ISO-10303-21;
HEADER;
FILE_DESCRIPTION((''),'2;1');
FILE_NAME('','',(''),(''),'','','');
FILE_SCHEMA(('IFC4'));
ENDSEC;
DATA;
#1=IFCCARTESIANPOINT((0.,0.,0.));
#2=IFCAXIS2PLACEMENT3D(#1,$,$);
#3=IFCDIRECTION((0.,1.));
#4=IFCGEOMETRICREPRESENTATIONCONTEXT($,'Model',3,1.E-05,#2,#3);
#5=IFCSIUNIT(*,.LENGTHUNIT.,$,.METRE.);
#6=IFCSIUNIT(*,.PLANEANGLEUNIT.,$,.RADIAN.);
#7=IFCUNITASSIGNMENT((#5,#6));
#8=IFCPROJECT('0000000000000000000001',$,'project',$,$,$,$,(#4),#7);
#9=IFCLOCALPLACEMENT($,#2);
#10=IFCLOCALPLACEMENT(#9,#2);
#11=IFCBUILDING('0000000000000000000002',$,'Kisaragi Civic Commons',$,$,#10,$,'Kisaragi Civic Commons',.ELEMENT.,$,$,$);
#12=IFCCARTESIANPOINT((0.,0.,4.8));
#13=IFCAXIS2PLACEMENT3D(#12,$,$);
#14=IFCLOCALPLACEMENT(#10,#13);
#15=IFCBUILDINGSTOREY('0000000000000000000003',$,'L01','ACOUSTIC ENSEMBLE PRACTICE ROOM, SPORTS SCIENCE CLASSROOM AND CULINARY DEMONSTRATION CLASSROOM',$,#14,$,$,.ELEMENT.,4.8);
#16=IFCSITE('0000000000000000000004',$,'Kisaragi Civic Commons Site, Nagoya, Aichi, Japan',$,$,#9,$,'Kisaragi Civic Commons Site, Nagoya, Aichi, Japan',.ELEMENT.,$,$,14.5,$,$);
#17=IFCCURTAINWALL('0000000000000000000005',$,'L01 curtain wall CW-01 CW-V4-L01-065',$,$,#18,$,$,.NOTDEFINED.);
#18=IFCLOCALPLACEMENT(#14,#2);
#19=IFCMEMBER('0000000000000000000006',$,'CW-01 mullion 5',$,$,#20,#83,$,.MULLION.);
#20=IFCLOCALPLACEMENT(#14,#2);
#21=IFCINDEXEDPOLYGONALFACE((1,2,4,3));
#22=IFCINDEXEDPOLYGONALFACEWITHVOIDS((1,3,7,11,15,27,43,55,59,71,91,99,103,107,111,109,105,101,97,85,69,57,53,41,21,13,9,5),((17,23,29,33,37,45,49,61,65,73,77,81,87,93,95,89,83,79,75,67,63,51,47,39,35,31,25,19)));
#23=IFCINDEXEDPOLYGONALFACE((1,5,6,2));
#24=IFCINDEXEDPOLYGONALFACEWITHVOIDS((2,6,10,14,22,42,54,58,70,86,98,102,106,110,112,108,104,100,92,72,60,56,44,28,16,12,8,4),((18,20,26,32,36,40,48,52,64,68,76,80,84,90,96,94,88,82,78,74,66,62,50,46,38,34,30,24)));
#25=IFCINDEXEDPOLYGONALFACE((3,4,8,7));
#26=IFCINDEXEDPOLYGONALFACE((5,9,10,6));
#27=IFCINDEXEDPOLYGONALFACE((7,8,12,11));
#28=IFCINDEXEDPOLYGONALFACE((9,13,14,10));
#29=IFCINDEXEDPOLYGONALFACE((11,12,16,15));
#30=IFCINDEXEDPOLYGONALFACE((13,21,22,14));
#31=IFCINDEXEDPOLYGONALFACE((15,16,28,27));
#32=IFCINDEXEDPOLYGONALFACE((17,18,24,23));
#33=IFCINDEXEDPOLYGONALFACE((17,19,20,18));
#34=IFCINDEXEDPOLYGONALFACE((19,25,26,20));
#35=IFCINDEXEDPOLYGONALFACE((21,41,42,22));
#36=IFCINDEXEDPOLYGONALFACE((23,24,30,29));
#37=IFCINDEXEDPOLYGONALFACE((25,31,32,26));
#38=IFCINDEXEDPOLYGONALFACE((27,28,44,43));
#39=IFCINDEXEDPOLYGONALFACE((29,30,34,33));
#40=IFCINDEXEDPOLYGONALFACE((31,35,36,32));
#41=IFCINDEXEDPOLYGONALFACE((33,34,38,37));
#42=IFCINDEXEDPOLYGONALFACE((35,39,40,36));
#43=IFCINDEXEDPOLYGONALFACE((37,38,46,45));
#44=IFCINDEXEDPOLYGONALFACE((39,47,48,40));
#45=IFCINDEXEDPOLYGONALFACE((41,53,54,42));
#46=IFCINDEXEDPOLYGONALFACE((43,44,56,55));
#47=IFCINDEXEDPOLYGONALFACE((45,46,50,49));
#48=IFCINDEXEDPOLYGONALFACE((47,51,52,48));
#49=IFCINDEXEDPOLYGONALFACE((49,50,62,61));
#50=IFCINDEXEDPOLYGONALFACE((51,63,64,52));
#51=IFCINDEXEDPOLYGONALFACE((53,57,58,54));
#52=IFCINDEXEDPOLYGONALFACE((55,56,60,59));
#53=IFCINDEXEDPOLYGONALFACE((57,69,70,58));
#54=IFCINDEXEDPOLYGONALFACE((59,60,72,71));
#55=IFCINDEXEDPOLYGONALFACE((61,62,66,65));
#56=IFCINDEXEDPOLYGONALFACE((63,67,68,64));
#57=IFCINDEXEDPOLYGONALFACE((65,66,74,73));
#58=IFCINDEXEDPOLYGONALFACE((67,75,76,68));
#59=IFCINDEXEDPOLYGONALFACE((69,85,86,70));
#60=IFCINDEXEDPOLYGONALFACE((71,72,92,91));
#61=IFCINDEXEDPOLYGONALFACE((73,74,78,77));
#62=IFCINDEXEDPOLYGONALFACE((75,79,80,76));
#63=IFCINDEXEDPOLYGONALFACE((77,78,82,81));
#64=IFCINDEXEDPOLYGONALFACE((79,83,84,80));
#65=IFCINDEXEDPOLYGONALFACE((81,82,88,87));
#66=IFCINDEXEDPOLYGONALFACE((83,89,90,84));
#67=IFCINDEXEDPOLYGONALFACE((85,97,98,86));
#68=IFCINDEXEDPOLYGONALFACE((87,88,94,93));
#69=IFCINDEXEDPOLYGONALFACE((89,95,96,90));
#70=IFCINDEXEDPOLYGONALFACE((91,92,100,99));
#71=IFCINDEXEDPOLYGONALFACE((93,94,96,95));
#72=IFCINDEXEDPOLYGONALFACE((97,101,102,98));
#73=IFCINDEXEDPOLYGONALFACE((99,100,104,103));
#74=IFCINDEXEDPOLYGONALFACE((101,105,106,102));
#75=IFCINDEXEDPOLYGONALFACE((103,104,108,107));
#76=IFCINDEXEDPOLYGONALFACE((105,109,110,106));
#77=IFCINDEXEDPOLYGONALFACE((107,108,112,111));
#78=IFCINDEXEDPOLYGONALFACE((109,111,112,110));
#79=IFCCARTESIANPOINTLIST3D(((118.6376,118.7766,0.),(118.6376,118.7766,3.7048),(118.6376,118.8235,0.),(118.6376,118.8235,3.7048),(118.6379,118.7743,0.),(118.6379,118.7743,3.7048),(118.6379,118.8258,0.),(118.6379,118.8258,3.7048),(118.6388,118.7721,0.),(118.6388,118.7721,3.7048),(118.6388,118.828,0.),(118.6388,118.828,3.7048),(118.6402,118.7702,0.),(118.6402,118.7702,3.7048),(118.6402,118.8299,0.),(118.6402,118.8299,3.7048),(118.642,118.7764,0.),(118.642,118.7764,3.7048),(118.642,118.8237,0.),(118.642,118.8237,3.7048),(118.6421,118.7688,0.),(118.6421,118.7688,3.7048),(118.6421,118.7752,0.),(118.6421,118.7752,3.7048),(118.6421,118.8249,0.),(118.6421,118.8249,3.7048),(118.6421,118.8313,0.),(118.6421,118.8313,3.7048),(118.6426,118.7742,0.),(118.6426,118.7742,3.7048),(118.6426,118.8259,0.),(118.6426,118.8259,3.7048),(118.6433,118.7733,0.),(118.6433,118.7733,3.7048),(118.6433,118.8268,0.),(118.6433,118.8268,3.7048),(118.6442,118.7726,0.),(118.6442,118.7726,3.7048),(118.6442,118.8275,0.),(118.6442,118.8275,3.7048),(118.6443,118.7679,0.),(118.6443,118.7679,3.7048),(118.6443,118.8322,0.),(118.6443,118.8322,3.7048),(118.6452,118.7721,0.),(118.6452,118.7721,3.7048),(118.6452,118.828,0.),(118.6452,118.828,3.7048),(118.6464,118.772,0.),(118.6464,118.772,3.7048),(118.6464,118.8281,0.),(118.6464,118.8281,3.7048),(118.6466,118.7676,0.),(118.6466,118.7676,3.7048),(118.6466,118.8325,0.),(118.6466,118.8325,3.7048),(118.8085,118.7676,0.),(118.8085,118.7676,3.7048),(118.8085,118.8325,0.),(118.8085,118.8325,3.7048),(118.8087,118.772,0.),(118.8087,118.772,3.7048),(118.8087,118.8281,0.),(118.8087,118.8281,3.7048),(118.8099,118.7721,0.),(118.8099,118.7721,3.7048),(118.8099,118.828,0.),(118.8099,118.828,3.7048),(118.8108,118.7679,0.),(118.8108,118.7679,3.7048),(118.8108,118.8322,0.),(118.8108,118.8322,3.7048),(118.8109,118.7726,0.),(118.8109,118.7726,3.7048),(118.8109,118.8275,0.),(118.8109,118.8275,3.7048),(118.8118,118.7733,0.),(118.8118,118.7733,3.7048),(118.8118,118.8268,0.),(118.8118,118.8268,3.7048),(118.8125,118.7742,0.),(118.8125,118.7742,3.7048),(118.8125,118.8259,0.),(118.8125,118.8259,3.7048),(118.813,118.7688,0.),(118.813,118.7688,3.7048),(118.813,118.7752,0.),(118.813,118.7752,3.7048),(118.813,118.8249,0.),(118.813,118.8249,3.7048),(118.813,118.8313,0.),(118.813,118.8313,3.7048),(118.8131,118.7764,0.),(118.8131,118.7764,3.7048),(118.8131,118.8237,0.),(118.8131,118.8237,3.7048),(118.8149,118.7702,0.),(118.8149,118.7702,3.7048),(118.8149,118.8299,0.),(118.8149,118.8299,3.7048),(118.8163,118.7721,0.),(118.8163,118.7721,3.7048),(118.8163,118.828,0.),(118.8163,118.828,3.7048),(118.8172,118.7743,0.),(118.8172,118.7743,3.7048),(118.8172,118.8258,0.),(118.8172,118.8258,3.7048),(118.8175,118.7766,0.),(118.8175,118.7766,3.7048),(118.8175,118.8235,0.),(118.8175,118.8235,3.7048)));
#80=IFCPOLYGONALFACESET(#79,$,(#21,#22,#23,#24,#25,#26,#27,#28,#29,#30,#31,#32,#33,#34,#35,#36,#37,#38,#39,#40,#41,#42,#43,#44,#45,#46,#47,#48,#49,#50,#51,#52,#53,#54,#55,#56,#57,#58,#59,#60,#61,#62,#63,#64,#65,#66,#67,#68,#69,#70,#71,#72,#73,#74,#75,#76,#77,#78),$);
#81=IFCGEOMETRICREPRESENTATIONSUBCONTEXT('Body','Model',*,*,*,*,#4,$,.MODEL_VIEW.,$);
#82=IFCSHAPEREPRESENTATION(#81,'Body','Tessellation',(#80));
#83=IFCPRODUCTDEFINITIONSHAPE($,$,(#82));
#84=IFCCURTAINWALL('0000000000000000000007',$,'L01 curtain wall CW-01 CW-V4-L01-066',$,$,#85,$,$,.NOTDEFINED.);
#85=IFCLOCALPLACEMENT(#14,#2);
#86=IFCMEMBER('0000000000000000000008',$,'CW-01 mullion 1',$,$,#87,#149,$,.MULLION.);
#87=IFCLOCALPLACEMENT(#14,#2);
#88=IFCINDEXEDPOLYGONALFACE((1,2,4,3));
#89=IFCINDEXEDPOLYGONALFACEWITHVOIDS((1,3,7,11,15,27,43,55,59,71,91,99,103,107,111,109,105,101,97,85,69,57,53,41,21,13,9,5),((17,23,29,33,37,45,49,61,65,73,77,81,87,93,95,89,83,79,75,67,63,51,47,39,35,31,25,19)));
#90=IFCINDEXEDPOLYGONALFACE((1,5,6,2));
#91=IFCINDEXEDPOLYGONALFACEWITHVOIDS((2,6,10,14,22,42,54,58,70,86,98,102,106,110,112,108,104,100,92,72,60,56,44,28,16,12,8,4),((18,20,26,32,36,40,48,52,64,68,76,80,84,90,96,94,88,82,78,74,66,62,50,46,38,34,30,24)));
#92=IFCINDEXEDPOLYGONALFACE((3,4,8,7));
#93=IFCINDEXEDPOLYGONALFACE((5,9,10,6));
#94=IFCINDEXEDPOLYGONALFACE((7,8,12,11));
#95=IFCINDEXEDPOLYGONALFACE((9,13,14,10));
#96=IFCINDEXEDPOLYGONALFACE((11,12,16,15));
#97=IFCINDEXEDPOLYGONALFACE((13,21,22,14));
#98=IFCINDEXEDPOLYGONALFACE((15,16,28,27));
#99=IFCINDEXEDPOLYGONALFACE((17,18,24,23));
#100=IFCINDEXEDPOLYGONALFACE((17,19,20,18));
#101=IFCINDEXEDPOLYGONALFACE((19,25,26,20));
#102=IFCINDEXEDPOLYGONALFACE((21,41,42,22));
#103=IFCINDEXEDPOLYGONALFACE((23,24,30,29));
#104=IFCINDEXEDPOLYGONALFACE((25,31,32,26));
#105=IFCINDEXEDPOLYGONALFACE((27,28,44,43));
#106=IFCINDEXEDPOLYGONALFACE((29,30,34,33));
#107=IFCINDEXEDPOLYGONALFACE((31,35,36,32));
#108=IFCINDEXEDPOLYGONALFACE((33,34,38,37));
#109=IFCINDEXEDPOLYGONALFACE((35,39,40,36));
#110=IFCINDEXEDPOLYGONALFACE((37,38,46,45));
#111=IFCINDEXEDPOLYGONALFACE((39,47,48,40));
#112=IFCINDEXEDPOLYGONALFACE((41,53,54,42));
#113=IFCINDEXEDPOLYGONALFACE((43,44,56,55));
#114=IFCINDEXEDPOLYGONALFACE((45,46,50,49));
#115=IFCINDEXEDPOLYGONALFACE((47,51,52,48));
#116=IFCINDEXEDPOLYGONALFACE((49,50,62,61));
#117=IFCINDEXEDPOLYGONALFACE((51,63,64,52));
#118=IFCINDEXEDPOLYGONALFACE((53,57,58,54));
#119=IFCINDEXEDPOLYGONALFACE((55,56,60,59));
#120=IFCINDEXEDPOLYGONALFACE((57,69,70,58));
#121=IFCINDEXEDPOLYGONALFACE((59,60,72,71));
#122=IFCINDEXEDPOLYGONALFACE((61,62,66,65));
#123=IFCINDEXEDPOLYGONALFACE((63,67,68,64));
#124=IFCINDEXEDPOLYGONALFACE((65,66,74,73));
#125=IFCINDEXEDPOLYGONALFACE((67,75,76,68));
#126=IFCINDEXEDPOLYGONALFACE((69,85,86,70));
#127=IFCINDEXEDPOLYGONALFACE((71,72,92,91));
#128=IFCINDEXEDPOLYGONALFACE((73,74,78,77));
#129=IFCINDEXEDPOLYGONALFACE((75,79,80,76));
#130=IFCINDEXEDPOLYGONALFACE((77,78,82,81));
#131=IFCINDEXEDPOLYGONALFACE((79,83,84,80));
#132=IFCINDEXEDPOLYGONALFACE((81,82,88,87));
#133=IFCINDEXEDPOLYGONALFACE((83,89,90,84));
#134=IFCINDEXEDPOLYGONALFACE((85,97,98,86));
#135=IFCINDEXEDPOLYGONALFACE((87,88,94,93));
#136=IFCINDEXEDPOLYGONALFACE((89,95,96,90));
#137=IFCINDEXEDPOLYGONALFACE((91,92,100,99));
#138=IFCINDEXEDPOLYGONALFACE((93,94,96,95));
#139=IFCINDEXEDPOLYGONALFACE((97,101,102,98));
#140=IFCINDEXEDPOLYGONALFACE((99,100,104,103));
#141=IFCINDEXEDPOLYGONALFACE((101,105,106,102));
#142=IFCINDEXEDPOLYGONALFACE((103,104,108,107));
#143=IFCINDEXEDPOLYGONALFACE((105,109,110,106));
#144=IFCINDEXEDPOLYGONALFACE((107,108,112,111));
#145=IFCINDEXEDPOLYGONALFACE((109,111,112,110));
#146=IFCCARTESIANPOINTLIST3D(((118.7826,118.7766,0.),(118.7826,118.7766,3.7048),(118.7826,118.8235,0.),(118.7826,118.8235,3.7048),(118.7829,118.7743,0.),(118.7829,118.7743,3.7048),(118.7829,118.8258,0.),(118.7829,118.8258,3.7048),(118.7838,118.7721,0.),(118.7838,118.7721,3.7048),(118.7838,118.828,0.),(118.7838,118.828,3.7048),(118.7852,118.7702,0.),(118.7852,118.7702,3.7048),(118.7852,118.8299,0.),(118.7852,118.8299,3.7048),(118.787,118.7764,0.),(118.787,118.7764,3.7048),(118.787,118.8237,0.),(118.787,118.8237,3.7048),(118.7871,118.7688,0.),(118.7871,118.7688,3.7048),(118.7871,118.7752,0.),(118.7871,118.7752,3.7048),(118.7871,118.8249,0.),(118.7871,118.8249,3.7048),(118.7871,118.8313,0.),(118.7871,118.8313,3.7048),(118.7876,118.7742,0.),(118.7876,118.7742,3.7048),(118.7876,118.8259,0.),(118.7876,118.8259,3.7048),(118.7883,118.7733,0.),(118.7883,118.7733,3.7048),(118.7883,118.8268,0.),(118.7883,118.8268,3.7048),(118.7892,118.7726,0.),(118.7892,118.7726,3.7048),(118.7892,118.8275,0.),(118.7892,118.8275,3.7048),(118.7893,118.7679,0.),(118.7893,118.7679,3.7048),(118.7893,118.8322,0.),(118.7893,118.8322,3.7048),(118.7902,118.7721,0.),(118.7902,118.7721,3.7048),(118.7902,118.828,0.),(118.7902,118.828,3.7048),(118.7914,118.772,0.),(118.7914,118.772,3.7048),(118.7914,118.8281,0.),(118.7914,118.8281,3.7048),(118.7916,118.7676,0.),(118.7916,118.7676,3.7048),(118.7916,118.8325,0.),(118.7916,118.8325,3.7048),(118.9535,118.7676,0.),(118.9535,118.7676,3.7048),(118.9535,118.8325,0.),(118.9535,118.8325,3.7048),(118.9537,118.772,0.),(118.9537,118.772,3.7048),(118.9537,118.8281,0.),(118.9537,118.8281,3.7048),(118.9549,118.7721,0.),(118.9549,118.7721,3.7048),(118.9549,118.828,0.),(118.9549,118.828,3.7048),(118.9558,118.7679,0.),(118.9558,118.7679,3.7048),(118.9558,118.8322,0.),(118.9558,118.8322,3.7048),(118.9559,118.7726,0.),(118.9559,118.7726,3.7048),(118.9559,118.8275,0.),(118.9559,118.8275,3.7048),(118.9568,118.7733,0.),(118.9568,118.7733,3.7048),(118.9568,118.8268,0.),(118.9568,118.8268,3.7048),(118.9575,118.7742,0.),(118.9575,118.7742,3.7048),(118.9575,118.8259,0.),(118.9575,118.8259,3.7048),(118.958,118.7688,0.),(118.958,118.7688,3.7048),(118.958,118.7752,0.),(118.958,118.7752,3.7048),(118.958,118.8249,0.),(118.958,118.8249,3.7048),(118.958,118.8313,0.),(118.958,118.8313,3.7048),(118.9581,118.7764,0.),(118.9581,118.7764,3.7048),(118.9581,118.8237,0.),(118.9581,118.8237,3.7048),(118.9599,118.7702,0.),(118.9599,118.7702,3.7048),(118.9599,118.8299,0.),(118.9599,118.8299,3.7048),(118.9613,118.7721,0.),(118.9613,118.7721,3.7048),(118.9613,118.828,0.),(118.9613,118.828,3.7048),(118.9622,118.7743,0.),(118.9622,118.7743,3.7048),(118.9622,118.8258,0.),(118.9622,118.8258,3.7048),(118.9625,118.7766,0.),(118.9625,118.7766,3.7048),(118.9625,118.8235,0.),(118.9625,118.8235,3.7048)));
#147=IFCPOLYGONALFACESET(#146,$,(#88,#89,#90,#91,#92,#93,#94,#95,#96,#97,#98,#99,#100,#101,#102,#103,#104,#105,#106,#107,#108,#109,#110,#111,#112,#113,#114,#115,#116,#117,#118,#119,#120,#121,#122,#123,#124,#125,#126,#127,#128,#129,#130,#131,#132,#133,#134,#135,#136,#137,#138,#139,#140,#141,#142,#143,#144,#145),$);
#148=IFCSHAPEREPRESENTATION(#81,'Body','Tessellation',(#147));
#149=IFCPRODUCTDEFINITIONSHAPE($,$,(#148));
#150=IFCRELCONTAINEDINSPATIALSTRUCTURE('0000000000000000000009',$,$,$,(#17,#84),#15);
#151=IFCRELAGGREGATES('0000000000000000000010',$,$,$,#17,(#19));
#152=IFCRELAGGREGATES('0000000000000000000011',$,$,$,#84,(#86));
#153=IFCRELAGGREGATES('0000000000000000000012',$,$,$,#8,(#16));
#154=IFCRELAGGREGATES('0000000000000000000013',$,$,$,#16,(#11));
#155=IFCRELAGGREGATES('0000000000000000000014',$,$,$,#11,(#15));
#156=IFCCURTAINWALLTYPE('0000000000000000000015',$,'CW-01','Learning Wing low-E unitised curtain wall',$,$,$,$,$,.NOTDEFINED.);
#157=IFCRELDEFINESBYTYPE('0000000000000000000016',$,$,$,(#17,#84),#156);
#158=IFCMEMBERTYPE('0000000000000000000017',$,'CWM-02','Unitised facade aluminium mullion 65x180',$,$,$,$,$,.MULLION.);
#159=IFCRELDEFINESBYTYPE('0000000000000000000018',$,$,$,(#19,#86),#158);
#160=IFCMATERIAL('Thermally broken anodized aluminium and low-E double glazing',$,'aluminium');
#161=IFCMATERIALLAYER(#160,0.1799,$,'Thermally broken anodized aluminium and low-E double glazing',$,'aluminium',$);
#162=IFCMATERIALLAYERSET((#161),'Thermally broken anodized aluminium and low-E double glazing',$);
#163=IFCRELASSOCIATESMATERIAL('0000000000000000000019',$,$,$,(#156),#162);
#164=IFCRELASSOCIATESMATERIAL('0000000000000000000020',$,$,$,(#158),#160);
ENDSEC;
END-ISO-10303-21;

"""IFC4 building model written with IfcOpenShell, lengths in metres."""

from ifc_helpers import new_model, si_unit, direction, frame, origin, origin_2d, place, context, subcontext, project, spatial, hollow_rectangle, extrude, material, layer, layer_set, material_profile, profile_set, type_object, element, aggregate, save


model = new_model("IFC4")

# Units and contexts
model_context = context("Model", 3, precision=1e-05, world=origin(), true_north=direction((0.0, 1.0)))
body_context = subcontext(model_context, "Body", "Model", "MODEL_VIEW")
ifc_project = project(units=[si_unit("LENGTHUNIT", "METRE"), si_unit("PLANEANGLEUNIT", "RADIAN")], contexts=[model_context])

# Site, building, storey
site_placement = place(None, origin())
site = spatial("IfcSite", under=ifc_project, at=site_placement, Name="Kisaragi Civic Commons Site, Nagoya, Aichi, Japan", LongName="Kisaragi Civic Commons Site, Nagoya, Aichi, Japan", CompositionType="ELEMENT", RefElevation=14.5)
building_placement = place(site_placement, origin())
building = spatial("IfcBuilding", under=site, at=building_placement, Name="Kisaragi Civic Commons", LongName="Kisaragi Civic Commons", CompositionType="ELEMENT")
storey_placement = place(building_placement, frame((0.0, 0.0, 4.8)))
storey = spatial("IfcBuildingStorey", under=building, at=storey_placement, Name="L01", Description="ACOUSTIC ENSEMBLE PRACTICE ROOM, SPORTS SCIENCE CLASSROOM AND CULINARY DEMONSTRATION CLASSROOM", CompositionType="ELEMENT", Elevation=4.8)

# Curtain wall, member
ifc_material_1 = material(Name="Thermally broken anodized aluminium and low-E double glazing", Category="aluminium")
ifc_layer_1 = layer(ifc_material_1, 0.1799, Name="Thermally broken anodized aluminium and low-E double glazing", Category="aluminium")
ifc_layer_set_1 = layer_set([ifc_layer_1], Name="Thermally broken anodized aluminium and low-E double glazing")
curtain_wall_type = type_object("IfcCurtainWallType", Name="CW-01", Description="Learning Wing low-E unitised curtain wall", PredefinedType="NOTDEFINED", material=ifc_layer_set_1)
curtain_wall_1_placement = place(storey_placement, origin())
curtain_wall_1 = element("IfcCurtainWall", 1, at=curtain_wall_1_placement, inside=storey, type_object=curtain_wall_type, Name="L01 curtain wall CW-01 CW-V4-L01-065", PredefinedType="NOTDEFINED")
ifc_material_profile_1 = material_profile(ifc_material_1, hollow_rectangle(XDim=0.0649, YDim=0.1799, WallThickness=0.0044, InnerFilletRadius=0.0044, OuterFilletRadius=0.009, at=origin_2d()), Name="CWM-65x180x4.5", Category="aluminium")
ifc_profile_set_1 = profile_set([ifc_material_profile_1], Name="Thermally broken anodized aluminium and low-E double glazing")
member_type_1 = type_object("IfcMemberType", Name="CWM-02", Description="Unitised facade aluminium mullion 65x180", PredefinedType="MULLION", material=ifc_profile_set_1)
member_1_placement = place(storey_placement, frame((118.7275, 118.8, 0.0), z_axis=(0.0, 0.0, 1.0), x_axis=(0.0, 1.0, 0.0)))
member_1 = element("IfcMember", 2, at=member_1_placement, type_object=member_type_1, Name="CW-01 mullion 5", PredefinedType="MULLION", context=body_context, shape_type="SweptSolid", body=[
    extrude(hollow_rectangle(XDim=0.0649, YDim=0.1799, WallThickness=0.0044, InnerFilletRadius=0.0044, OuterFilletRadius=0.009, at=origin_2d()), origin(), (0.0, 0.0, 1.0), 3.7048),
])

# Curtain wall, member
curtain_wall_2_placement = place(storey_placement, origin())
curtain_wall_2 = element("IfcCurtainWall", 3, at=curtain_wall_2_placement, inside=storey, type_object=curtain_wall_type, Name="L01 curtain wall CW-01 CW-V4-L01-066", PredefinedType="NOTDEFINED")
member_2_placement = place(storey_placement, frame((118.8726, 118.8, 0.0), z_axis=(0.0, 0.0, 1.0), x_axis=(0.0, 1.0, 0.0)))
member_2 = element("IfcMember", 4, at=member_2_placement, type_object=member_type_1, Name="CW-01 mullion 1", PredefinedType="MULLION", context=body_context, shape_type="SweptSolid", body=[
    extrude(hollow_rectangle(XDim=0.0649, YDim=0.1799, WallThickness=0.0044, InnerFilletRadius=0.0044, OuterFilletRadius=0.009, at=origin_2d()), origin(), (0.0, 0.0, 1.0), 3.7048),
])

aggregate(curtain_wall_1, [member_1])
aggregate(curtain_wall_2, [member_2])

save(model, "model.ifc")
